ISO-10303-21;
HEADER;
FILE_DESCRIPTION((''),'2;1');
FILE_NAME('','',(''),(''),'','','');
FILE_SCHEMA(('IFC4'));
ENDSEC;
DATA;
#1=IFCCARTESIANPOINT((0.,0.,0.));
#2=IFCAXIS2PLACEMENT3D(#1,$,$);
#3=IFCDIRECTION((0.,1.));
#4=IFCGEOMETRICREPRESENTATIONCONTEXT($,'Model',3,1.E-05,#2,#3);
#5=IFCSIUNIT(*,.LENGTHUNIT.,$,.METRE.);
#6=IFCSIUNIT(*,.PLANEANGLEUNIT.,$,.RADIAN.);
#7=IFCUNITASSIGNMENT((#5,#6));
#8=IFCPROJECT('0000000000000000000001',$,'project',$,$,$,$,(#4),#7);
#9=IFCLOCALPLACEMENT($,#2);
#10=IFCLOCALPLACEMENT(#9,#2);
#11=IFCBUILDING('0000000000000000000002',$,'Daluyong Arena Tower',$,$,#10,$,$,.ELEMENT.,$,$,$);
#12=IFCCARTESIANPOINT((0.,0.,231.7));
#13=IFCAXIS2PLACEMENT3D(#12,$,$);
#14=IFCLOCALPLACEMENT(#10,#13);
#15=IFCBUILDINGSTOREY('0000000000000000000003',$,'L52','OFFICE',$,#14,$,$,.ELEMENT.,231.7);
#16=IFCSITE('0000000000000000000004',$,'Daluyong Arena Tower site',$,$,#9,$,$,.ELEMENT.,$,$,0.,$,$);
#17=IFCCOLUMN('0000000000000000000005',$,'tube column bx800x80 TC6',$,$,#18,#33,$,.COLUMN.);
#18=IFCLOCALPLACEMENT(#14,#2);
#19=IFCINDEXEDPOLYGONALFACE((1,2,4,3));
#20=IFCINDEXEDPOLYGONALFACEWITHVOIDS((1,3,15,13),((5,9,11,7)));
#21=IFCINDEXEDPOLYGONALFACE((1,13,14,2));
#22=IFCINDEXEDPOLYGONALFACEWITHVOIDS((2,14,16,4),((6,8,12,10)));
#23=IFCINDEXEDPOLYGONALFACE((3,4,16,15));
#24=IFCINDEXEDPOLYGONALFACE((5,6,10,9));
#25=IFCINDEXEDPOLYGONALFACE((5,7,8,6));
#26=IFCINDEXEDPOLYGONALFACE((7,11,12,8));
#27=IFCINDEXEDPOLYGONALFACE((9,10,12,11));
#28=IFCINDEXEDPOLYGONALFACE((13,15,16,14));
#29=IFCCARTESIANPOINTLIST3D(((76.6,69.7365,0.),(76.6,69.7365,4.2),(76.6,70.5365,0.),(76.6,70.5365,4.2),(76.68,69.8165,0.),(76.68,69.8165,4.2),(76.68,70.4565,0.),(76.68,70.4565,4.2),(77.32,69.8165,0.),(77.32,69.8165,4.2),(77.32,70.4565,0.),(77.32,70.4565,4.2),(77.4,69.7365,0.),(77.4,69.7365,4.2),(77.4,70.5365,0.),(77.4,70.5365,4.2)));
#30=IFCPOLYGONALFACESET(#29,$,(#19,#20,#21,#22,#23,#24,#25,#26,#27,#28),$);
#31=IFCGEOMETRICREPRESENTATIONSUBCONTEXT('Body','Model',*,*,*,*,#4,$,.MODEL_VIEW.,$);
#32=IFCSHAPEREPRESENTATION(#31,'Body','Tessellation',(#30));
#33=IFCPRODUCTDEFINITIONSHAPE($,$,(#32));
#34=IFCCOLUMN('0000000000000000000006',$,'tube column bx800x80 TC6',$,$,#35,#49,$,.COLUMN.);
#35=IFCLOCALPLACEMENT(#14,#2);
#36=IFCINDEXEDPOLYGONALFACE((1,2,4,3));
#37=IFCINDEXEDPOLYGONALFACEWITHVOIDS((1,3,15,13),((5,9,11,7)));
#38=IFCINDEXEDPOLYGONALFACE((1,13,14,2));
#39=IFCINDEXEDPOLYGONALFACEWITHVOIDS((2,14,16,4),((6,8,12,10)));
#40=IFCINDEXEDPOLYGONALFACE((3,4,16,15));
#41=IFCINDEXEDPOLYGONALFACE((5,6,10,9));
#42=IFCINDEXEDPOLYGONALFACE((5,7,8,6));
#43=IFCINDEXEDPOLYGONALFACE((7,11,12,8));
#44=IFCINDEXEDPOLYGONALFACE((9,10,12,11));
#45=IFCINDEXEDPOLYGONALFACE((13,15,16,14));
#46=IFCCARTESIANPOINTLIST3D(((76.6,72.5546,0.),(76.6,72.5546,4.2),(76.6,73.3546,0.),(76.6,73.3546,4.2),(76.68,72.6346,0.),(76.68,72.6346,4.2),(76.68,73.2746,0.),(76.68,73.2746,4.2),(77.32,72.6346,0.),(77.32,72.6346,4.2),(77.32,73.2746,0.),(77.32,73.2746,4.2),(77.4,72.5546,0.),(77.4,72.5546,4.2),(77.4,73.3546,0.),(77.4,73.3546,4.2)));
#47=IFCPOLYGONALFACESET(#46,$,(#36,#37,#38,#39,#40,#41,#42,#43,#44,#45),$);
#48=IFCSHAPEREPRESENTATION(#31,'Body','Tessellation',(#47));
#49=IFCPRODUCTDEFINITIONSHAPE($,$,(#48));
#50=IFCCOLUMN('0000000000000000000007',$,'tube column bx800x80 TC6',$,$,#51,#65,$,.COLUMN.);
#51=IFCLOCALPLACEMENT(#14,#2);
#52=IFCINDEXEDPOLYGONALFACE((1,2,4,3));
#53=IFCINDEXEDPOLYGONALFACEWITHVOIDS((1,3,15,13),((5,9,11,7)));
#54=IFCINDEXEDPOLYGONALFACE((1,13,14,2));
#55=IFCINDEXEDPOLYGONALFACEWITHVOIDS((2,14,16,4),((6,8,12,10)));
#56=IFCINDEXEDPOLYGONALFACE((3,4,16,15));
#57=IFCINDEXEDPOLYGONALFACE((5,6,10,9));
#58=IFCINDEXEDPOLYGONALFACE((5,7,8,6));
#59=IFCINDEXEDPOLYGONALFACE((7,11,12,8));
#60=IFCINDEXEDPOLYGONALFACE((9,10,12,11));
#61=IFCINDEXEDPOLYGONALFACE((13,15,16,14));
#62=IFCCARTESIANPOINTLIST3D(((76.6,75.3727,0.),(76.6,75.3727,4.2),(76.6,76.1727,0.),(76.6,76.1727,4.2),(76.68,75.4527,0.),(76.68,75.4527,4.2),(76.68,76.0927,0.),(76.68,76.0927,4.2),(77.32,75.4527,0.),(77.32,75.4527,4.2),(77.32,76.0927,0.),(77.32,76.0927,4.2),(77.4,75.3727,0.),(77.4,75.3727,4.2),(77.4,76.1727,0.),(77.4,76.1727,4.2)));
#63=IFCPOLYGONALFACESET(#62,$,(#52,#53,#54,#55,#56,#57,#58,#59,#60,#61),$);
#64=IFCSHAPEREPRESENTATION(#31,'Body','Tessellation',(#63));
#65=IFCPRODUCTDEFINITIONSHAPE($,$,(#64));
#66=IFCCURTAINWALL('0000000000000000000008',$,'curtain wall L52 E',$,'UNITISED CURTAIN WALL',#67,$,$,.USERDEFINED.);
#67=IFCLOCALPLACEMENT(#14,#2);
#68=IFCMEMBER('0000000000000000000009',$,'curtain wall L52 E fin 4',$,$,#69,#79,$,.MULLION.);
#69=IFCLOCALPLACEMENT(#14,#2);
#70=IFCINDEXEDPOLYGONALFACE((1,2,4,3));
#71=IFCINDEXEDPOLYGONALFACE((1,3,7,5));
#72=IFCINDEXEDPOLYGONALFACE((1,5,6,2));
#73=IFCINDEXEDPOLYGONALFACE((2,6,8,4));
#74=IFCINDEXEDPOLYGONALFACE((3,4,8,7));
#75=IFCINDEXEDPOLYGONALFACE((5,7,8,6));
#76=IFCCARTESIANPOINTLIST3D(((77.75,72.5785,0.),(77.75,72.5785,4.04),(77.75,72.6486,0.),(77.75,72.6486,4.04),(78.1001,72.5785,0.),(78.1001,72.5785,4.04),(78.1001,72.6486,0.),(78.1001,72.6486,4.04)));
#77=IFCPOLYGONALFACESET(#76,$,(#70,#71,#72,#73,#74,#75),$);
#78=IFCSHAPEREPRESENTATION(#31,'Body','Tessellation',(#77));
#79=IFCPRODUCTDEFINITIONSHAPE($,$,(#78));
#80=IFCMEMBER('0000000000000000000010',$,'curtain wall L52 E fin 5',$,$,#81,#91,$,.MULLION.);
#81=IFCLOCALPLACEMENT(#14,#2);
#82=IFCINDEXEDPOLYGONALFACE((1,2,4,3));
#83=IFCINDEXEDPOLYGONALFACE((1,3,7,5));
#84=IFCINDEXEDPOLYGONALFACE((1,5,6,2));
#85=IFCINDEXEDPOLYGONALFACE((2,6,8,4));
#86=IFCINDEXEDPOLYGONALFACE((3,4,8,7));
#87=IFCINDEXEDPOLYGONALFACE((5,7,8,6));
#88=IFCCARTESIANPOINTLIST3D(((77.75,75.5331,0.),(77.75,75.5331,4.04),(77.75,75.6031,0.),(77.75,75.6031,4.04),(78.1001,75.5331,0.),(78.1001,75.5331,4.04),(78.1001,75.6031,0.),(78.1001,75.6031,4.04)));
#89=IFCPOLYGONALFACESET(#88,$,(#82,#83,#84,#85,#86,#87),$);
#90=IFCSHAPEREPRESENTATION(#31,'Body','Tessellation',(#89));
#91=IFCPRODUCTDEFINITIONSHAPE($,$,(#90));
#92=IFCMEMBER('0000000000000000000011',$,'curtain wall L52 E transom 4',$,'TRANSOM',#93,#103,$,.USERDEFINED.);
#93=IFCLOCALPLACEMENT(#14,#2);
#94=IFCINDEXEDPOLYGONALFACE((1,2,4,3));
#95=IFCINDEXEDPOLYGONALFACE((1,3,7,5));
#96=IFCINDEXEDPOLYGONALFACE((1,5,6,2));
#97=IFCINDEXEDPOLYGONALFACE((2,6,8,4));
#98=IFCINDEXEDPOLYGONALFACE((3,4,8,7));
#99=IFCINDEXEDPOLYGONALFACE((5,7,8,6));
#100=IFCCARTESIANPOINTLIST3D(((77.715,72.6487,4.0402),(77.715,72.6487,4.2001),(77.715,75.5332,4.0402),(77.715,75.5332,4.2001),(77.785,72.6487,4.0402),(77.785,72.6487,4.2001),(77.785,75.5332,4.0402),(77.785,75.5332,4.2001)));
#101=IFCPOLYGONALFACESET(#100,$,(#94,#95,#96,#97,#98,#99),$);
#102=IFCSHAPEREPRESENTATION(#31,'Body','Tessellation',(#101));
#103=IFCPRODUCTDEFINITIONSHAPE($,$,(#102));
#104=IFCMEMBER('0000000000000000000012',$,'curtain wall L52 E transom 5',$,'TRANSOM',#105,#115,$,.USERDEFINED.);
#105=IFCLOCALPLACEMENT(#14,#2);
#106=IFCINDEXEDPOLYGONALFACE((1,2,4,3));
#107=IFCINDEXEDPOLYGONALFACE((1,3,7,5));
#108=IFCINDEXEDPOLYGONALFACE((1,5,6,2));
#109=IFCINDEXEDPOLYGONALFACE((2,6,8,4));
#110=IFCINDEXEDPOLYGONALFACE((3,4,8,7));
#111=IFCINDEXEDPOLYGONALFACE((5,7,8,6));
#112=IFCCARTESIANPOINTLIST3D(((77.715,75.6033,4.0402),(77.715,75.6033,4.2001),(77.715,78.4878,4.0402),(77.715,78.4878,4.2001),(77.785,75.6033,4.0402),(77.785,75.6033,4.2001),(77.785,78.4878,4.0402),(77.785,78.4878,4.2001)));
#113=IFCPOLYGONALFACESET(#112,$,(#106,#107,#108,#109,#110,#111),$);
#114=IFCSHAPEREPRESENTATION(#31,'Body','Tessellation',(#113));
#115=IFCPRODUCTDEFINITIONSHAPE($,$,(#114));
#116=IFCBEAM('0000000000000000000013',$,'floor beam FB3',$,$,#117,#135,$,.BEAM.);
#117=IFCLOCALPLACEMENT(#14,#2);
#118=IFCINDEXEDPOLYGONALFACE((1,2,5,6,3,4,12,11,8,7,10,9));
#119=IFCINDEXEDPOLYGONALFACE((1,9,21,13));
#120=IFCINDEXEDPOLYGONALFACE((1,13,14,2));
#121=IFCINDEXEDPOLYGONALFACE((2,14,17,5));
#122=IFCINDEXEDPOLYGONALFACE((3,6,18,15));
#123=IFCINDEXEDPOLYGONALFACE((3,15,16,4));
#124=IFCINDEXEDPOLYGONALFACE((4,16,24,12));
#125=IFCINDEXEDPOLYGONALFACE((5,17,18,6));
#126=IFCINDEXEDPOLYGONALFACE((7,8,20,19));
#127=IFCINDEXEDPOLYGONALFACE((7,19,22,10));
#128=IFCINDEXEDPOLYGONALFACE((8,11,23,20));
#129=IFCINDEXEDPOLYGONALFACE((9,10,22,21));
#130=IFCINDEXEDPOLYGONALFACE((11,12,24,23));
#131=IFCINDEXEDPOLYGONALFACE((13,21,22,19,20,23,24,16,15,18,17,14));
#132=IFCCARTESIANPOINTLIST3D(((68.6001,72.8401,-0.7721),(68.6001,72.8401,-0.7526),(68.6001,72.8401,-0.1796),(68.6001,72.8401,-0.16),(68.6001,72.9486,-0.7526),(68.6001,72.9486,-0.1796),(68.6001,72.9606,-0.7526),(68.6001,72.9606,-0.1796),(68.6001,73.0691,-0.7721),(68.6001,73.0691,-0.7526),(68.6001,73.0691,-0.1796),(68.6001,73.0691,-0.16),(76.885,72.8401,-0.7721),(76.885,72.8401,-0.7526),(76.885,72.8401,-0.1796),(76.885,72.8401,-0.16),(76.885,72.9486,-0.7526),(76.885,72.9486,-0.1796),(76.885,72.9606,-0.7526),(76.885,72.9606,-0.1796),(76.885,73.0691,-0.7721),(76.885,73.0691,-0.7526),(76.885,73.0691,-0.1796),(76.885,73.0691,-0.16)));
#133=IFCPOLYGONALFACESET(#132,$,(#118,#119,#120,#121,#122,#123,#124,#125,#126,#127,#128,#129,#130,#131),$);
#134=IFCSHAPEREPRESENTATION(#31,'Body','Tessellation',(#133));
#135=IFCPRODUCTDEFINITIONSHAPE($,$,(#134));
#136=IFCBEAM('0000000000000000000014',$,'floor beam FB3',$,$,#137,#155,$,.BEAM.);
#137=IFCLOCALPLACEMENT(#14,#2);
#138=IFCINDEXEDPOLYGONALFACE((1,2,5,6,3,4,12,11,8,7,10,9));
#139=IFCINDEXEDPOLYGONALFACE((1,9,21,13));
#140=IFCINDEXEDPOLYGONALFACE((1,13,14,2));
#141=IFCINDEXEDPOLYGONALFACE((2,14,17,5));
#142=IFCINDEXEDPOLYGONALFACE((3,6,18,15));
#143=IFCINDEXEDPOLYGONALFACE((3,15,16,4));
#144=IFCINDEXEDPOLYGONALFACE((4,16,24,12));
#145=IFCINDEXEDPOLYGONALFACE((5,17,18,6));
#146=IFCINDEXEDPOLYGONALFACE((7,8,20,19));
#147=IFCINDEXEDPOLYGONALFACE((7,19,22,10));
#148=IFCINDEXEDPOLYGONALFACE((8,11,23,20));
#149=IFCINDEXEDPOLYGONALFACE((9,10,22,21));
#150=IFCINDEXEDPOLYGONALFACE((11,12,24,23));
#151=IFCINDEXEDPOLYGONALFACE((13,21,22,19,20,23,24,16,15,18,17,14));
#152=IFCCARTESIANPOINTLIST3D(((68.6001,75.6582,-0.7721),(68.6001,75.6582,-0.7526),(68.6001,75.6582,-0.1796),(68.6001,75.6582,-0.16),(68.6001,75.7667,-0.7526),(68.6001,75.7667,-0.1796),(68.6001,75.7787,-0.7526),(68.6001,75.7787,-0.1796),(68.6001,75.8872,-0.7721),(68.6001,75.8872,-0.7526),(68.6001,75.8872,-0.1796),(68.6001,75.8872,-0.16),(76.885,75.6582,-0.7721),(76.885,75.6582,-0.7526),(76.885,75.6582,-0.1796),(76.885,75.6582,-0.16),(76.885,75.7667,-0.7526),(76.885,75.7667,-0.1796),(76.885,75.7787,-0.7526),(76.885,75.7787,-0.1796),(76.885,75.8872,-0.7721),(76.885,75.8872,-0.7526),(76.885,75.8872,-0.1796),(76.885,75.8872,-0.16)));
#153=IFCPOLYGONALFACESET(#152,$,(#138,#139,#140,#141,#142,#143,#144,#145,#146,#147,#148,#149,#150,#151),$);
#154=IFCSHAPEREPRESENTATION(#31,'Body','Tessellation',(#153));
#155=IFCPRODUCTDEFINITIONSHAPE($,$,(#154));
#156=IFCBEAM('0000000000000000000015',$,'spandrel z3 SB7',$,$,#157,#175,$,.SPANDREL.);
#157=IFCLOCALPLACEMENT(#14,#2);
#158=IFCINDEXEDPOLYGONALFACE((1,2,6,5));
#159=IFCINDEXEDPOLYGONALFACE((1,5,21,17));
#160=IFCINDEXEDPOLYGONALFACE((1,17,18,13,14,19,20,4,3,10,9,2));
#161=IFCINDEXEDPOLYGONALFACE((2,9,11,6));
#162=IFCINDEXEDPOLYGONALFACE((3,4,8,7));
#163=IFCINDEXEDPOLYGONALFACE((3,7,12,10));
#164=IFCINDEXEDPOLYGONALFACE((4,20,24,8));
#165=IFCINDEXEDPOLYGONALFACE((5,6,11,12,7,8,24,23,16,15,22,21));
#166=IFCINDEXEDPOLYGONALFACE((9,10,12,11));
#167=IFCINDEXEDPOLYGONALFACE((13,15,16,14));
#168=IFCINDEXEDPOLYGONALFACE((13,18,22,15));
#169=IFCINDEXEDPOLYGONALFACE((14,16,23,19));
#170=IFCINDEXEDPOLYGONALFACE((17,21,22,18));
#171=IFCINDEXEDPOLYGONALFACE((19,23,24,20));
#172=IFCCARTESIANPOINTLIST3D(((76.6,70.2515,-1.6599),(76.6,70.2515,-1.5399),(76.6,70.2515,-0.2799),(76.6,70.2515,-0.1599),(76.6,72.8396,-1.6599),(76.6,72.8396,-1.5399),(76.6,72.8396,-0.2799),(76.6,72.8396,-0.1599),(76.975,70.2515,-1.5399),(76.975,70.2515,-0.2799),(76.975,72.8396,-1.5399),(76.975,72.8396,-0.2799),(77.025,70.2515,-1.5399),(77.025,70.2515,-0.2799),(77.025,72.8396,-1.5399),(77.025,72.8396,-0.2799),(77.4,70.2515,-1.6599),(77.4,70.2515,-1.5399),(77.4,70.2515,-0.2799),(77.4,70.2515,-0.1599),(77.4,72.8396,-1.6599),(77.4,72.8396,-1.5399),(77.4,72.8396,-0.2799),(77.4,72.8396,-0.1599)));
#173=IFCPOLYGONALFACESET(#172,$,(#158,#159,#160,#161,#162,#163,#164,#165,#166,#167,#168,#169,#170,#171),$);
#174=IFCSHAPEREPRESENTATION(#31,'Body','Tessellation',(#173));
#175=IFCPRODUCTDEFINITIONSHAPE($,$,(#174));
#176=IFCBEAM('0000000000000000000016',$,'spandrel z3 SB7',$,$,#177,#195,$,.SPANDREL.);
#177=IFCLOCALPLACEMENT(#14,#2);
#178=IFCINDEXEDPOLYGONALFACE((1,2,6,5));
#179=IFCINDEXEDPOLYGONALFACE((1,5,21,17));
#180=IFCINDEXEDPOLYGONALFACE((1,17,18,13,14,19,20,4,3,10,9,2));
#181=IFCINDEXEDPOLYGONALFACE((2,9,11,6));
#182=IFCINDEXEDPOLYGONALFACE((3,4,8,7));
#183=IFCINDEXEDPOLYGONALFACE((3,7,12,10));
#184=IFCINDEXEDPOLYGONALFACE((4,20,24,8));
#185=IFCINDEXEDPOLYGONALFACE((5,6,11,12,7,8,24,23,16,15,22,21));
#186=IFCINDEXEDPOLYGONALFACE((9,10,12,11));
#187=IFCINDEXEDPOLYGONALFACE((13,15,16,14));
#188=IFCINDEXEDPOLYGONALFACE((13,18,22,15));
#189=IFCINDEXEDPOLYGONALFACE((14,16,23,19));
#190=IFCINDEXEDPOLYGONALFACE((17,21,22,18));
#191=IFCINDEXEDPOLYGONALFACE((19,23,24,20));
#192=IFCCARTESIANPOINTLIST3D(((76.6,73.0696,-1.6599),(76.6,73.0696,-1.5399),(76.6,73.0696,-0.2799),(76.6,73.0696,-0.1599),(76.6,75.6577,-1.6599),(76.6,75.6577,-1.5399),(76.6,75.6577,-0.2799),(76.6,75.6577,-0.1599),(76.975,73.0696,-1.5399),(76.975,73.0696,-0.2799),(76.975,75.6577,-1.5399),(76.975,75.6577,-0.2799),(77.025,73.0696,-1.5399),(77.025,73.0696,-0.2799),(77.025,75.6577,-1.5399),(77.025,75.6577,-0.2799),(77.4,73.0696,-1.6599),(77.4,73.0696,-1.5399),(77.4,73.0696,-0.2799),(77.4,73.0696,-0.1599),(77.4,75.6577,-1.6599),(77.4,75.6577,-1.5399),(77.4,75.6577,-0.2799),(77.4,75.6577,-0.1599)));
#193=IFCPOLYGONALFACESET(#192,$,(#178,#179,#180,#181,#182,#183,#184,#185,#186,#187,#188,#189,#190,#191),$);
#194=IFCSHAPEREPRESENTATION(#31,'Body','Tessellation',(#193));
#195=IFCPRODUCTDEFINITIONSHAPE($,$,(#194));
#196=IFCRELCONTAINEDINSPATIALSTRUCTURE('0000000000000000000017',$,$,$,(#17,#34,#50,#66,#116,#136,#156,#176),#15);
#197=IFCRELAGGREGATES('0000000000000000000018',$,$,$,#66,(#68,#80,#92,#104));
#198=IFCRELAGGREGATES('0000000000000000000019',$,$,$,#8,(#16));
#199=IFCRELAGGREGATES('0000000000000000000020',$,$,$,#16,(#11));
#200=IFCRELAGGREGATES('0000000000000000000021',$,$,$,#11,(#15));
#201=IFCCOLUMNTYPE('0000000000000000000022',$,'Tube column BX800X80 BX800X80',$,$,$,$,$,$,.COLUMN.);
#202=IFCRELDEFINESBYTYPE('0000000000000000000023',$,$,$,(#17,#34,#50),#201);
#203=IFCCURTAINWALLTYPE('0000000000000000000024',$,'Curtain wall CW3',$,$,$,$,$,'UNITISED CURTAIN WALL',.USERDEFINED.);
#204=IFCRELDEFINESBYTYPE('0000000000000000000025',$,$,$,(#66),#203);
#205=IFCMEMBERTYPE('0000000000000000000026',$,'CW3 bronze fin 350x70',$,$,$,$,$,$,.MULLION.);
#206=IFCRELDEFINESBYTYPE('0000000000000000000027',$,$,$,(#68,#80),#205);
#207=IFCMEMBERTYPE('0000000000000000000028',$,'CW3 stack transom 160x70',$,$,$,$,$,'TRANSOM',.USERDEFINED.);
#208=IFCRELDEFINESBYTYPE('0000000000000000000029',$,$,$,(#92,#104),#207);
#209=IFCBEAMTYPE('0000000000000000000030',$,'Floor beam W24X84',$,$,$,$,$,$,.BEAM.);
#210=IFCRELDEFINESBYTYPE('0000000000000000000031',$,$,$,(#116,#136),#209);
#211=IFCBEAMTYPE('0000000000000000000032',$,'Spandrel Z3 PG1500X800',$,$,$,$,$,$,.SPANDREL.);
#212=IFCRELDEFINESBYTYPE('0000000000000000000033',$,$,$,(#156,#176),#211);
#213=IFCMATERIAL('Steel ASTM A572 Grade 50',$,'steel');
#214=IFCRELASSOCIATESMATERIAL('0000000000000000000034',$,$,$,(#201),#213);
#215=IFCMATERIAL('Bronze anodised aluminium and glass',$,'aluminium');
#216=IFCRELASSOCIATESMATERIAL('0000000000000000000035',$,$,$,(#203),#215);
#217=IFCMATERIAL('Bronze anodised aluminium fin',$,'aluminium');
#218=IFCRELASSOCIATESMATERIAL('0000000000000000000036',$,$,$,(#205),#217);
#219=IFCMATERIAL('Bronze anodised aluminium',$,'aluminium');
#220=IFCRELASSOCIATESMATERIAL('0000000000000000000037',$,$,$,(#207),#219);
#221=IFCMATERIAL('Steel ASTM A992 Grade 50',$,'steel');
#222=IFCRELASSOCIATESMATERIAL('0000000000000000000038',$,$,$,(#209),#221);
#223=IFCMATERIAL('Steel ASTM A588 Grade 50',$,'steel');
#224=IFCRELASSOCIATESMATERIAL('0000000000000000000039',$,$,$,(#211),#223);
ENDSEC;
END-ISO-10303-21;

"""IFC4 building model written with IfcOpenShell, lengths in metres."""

from ifc_helpers import new_model, si_unit, direction, frame, origin, origin_2d, place, context, subcontext, project, spatial, rectangle, hollow_rectangle, i_section, extrude, material, material_profile, profile_set, type_object, element, aggregate, save


model = new_model("IFC4")

# Units and contexts
model_context = context("Model", 3, precision=1e-05, world=origin(), true_north=direction((0.0, 1.0)))
body_context = subcontext(model_context, "Body", "Model", "MODEL_VIEW")
ifc_project = project(units=[si_unit("LENGTHUNIT", "METRE"), si_unit("PLANEANGLEUNIT", "RADIAN")], contexts=[model_context])

# Site, building, storey
site_placement = place(None, origin())
site = spatial("IfcSite", under=ifc_project, at=site_placement, Name="Daluyong Arena Tower site", CompositionType="ELEMENT", RefElevation=0.0)
building_placement = place(site_placement, origin())
building = spatial("IfcBuilding", under=site, at=building_placement, Name="Daluyong Arena Tower", CompositionType="ELEMENT")
storey_placement = place(building_placement, frame((0.0, 0.0, 231.7)))
storey = spatial("IfcBuildingStorey", under=building, at=storey_placement, Name="L52", Description="OFFICE", CompositionType="ELEMENT", Elevation=231.7)

# Columns
ifc_material_1 = material(Name="Steel ASTM A572 Grade 50", Category="steel")
ifc_material_profile_1 = material_profile(ifc_material_1, hollow_rectangle(XDim=0.8, YDim=0.8, WallThickness=0.08, at=origin_2d()))
ifc_profile_set_1 = profile_set([ifc_material_profile_1], Name="Steel ASTM A572 Grade 50")
column_type = type_object("IfcColumnType", Name="Tube column BX800X80 BX800X80", PredefinedType="COLUMN", material=ifc_profile_set_1)
for number, where, z_axis, x_axis, name in (
    (1, (77.0, 70.1365, 0.0), (0.0, 0.0, 1.0), (0.0, 1.0, 0.0), "tube column bx800x80 TC6"),
    (2, (77.0, 72.9546, 0.0), (0.0, 0.0, 1.0), (0.0, 1.0, 0.0), "tube column bx800x80 TC6"),
    (3, (77.0, 75.7727, 0.0), (0.0, 0.0, 1.0), (0.0, 1.0, 0.0), "tube column bx800x80 TC6"),
):
    element("IfcColumn", number, at=place(storey_placement, frame(where, z_axis=z_axis, x_axis=x_axis)), inside=storey, type_object=column_type, Name=name, PredefinedType="COLUMN", context=body_context, shape_type="SweptSolid", body=[
        extrude(hollow_rectangle(XDim=0.8, YDim=0.8, WallThickness=0.08, at=origin_2d()), origin(), (0.0, 0.0, 1.0), 4.2),
    ])

# Curtain wall, members
ifc_material_2 = material(Name="Bronze anodised aluminium and glass", Category="aluminium")
curtain_wall_type = type_object("IfcCurtainWallType", Name="Curtain wall CW3", ElementType="UNITISED CURTAIN WALL", PredefinedType="USERDEFINED", material=ifc_material_2)
curtain_wall_placement = place(storey_placement, origin())
curtain_wall = element("IfcCurtainWall", 4, at=curtain_wall_placement, inside=storey, type_object=curtain_wall_type, Name="curtain wall L52 E", ObjectType="UNITISED CURTAIN WALL", PredefinedType="USERDEFINED")
ifc_material_3 = material(Name="Bronze anodised aluminium fin", Category="aluminium")
ifc_material_profile_2 = material_profile(ifc_material_3, rectangle(XDim=0.3501, YDim=0.0701, at=origin_2d()))
ifc_profile_set_2 = profile_set([ifc_material_profile_2], Name="Bronze anodised aluminium fin")
member_type_1 = type_object("IfcMemberType", Name="CW3 bronze fin 350x70", PredefinedType="MULLION", material=ifc_profile_set_2)
member_1_placement = place(storey_placement, frame((77.925, 72.6135, 0.0), z_axis=(0.0, 0.0, 1.0), x_axis=(-1.0, 0.0, 0.0)))
member_1 = element("IfcMember", 5, at=member_1_placement, type_object=member_type_1, Name="curtain wall L52 E fin 4", PredefinedType="MULLION", context=body_context, shape_type="SweptSolid", body=[
    extrude(rectangle(XDim=0.3501, YDim=0.0701, at=origin_2d()), origin(), (0.0, 0.0, 1.0), 4.04),
])
member_2_placement = place(storey_placement, frame((77.925, 75.5681, 0.0), z_axis=(0.0, 0.0, 1.0), x_axis=(-1.0, 0.0, 0.0)))
member_2 = element("IfcMember", 6, at=member_2_placement, type_object=member_type_1, Name="curtain wall L52 E fin 5", PredefinedType="MULLION", context=body_context, shape_type="SweptSolid", body=[
    extrude(rectangle(XDim=0.3501, YDim=0.0701, at=origin_2d()), origin(), (0.0, 0.0, 1.0), 4.04),
])
ifc_material_4 = material(Name="Bronze anodised aluminium", Category="aluminium")
ifc_material_profile_3 = material_profile(ifc_material_4, rectangle(XDim=0.0701, YDim=0.1599, at=origin_2d()))
ifc_profile_set_3 = profile_set([ifc_material_profile_3], Name="Bronze anodised aluminium")
member_type_2 = type_object("IfcMemberType", Name="CW3 stack transom 160x70", ElementType="TRANSOM", PredefinedType="USERDEFINED", material=ifc_profile_set_3)
member_3_placement = place(storey_placement, frame((77.75, 72.6487, 4.1201), z_axis=(0.0, 1.0, 0.0), x_axis=(-1.0, 0.0, 0.0)))
member_3 = element("IfcMember", 7, at=member_3_placement, type_object=member_type_2, Name="curtain wall L52 E transom 4", ObjectType="TRANSOM", PredefinedType="USERDEFINED", context=body_context, shape_type="SweptSolid", body=[
    extrude(rectangle(XDim=0.0701, YDim=0.1599, at=origin_2d()), origin(), (0.0, 0.0, 1.0), 2.8845),
])
member_4_placement = place(storey_placement, frame((77.75, 75.6033, 4.1201), z_axis=(0.0, 1.0, 0.0), x_axis=(-1.0, 0.0, 0.0)))
member_4 = element("IfcMember", 8, at=member_4_placement, type_object=member_type_2, Name="curtain wall L52 E transom 5", ObjectType="TRANSOM", PredefinedType="USERDEFINED", context=body_context, shape_type="SweptSolid", body=[
    extrude(rectangle(XDim=0.0701, YDim=0.1599, at=origin_2d()), origin(), (0.0, 0.0, 1.0), 2.8845),
])

# Beams
ifc_material_5 = material(Name="Steel ASTM A992 Grade 50", Category="steel")
ifc_material_profile_4 = material_profile(ifc_material_5, i_section(OverallWidth=0.229, OverallDepth=0.6121, WebThickness=0.012, FlangeThickness=0.0195, at=origin_2d()))
ifc_profile_set_4 = profile_set([ifc_material_profile_4], Name="Steel ASTM A992 Grade 50")
beam_type_1 = type_object("IfcBeamType", Name="Floor beam W24X84", PredefinedType="BEAM", material=ifc_profile_set_4)
for number, where, z_axis, x_axis, name in (
    (9, (76.885, 72.9546, -0.4661), (-1.0, 0.0, 0.0), (0.0, -1.0, 0.0), "floor beam FB3"),
    (10, (76.885, 75.7727, -0.4661), (-1.0, 0.0, 0.0), (0.0, -1.0, 0.0), "floor beam FB3"),
):
    element("IfcBeam", number, at=place(storey_placement, frame(where, z_axis=z_axis, x_axis=x_axis)), inside=storey, type_object=beam_type_1, Name=name, PredefinedType="BEAM", context=body_context, shape_type="SweptSolid", body=[
        extrude(i_section(OverallWidth=0.229, OverallDepth=0.6121, WebThickness=0.012, FlangeThickness=0.0195, at=origin_2d()), origin(), (0.0, 0.0, 1.0), 8.2849),
    ])
ifc_material_6 = material(Name="Steel ASTM A588 Grade 50", Category="steel")
ifc_material_profile_5 = material_profile(ifc_material_6, i_section(OverallWidth=0.8, OverallDepth=1.5, WebThickness=0.05, FlangeThickness=0.12, at=origin_2d()))
ifc_profile_set_5 = profile_set([ifc_material_profile_5], Name="Steel ASTM A588 Grade 50")
beam_type_2 = type_object("IfcBeamType", Name="Spandrel Z3 PG1500X800", PredefinedType="SPANDREL", material=ifc_profile_set_5)
for number, where, z_axis, x_axis, name in (
    (11, (77.0, 70.2515, -0.9099), (0.0, 1.0, 0.0), (-1.0, 0.0, 0.0), "spandrel z3 SB7"),
    (12, (77.0, 73.0696, -0.9099), (0.0, 1.0, 0.0), (-1.0, 0.0, 0.0), "spandrel z3 SB7"),
):
    element("IfcBeam", number, at=place(storey_placement, frame(where, z_axis=z_axis, x_axis=x_axis)), inside=storey, type_object=beam_type_2, Name=name, PredefinedType="SPANDREL", context=body_context, shape_type="SweptSolid", body=[
        extrude(i_section(OverallWidth=0.8, OverallDepth=1.5, WebThickness=0.05, FlangeThickness=0.12, at=origin_2d()), origin(), (0.0, 0.0, 1.0), 2.5881),
    ])

aggregate(curtain_wall, [member_1, member_2, member_3, member_4])

save(model, "model.ifc")
